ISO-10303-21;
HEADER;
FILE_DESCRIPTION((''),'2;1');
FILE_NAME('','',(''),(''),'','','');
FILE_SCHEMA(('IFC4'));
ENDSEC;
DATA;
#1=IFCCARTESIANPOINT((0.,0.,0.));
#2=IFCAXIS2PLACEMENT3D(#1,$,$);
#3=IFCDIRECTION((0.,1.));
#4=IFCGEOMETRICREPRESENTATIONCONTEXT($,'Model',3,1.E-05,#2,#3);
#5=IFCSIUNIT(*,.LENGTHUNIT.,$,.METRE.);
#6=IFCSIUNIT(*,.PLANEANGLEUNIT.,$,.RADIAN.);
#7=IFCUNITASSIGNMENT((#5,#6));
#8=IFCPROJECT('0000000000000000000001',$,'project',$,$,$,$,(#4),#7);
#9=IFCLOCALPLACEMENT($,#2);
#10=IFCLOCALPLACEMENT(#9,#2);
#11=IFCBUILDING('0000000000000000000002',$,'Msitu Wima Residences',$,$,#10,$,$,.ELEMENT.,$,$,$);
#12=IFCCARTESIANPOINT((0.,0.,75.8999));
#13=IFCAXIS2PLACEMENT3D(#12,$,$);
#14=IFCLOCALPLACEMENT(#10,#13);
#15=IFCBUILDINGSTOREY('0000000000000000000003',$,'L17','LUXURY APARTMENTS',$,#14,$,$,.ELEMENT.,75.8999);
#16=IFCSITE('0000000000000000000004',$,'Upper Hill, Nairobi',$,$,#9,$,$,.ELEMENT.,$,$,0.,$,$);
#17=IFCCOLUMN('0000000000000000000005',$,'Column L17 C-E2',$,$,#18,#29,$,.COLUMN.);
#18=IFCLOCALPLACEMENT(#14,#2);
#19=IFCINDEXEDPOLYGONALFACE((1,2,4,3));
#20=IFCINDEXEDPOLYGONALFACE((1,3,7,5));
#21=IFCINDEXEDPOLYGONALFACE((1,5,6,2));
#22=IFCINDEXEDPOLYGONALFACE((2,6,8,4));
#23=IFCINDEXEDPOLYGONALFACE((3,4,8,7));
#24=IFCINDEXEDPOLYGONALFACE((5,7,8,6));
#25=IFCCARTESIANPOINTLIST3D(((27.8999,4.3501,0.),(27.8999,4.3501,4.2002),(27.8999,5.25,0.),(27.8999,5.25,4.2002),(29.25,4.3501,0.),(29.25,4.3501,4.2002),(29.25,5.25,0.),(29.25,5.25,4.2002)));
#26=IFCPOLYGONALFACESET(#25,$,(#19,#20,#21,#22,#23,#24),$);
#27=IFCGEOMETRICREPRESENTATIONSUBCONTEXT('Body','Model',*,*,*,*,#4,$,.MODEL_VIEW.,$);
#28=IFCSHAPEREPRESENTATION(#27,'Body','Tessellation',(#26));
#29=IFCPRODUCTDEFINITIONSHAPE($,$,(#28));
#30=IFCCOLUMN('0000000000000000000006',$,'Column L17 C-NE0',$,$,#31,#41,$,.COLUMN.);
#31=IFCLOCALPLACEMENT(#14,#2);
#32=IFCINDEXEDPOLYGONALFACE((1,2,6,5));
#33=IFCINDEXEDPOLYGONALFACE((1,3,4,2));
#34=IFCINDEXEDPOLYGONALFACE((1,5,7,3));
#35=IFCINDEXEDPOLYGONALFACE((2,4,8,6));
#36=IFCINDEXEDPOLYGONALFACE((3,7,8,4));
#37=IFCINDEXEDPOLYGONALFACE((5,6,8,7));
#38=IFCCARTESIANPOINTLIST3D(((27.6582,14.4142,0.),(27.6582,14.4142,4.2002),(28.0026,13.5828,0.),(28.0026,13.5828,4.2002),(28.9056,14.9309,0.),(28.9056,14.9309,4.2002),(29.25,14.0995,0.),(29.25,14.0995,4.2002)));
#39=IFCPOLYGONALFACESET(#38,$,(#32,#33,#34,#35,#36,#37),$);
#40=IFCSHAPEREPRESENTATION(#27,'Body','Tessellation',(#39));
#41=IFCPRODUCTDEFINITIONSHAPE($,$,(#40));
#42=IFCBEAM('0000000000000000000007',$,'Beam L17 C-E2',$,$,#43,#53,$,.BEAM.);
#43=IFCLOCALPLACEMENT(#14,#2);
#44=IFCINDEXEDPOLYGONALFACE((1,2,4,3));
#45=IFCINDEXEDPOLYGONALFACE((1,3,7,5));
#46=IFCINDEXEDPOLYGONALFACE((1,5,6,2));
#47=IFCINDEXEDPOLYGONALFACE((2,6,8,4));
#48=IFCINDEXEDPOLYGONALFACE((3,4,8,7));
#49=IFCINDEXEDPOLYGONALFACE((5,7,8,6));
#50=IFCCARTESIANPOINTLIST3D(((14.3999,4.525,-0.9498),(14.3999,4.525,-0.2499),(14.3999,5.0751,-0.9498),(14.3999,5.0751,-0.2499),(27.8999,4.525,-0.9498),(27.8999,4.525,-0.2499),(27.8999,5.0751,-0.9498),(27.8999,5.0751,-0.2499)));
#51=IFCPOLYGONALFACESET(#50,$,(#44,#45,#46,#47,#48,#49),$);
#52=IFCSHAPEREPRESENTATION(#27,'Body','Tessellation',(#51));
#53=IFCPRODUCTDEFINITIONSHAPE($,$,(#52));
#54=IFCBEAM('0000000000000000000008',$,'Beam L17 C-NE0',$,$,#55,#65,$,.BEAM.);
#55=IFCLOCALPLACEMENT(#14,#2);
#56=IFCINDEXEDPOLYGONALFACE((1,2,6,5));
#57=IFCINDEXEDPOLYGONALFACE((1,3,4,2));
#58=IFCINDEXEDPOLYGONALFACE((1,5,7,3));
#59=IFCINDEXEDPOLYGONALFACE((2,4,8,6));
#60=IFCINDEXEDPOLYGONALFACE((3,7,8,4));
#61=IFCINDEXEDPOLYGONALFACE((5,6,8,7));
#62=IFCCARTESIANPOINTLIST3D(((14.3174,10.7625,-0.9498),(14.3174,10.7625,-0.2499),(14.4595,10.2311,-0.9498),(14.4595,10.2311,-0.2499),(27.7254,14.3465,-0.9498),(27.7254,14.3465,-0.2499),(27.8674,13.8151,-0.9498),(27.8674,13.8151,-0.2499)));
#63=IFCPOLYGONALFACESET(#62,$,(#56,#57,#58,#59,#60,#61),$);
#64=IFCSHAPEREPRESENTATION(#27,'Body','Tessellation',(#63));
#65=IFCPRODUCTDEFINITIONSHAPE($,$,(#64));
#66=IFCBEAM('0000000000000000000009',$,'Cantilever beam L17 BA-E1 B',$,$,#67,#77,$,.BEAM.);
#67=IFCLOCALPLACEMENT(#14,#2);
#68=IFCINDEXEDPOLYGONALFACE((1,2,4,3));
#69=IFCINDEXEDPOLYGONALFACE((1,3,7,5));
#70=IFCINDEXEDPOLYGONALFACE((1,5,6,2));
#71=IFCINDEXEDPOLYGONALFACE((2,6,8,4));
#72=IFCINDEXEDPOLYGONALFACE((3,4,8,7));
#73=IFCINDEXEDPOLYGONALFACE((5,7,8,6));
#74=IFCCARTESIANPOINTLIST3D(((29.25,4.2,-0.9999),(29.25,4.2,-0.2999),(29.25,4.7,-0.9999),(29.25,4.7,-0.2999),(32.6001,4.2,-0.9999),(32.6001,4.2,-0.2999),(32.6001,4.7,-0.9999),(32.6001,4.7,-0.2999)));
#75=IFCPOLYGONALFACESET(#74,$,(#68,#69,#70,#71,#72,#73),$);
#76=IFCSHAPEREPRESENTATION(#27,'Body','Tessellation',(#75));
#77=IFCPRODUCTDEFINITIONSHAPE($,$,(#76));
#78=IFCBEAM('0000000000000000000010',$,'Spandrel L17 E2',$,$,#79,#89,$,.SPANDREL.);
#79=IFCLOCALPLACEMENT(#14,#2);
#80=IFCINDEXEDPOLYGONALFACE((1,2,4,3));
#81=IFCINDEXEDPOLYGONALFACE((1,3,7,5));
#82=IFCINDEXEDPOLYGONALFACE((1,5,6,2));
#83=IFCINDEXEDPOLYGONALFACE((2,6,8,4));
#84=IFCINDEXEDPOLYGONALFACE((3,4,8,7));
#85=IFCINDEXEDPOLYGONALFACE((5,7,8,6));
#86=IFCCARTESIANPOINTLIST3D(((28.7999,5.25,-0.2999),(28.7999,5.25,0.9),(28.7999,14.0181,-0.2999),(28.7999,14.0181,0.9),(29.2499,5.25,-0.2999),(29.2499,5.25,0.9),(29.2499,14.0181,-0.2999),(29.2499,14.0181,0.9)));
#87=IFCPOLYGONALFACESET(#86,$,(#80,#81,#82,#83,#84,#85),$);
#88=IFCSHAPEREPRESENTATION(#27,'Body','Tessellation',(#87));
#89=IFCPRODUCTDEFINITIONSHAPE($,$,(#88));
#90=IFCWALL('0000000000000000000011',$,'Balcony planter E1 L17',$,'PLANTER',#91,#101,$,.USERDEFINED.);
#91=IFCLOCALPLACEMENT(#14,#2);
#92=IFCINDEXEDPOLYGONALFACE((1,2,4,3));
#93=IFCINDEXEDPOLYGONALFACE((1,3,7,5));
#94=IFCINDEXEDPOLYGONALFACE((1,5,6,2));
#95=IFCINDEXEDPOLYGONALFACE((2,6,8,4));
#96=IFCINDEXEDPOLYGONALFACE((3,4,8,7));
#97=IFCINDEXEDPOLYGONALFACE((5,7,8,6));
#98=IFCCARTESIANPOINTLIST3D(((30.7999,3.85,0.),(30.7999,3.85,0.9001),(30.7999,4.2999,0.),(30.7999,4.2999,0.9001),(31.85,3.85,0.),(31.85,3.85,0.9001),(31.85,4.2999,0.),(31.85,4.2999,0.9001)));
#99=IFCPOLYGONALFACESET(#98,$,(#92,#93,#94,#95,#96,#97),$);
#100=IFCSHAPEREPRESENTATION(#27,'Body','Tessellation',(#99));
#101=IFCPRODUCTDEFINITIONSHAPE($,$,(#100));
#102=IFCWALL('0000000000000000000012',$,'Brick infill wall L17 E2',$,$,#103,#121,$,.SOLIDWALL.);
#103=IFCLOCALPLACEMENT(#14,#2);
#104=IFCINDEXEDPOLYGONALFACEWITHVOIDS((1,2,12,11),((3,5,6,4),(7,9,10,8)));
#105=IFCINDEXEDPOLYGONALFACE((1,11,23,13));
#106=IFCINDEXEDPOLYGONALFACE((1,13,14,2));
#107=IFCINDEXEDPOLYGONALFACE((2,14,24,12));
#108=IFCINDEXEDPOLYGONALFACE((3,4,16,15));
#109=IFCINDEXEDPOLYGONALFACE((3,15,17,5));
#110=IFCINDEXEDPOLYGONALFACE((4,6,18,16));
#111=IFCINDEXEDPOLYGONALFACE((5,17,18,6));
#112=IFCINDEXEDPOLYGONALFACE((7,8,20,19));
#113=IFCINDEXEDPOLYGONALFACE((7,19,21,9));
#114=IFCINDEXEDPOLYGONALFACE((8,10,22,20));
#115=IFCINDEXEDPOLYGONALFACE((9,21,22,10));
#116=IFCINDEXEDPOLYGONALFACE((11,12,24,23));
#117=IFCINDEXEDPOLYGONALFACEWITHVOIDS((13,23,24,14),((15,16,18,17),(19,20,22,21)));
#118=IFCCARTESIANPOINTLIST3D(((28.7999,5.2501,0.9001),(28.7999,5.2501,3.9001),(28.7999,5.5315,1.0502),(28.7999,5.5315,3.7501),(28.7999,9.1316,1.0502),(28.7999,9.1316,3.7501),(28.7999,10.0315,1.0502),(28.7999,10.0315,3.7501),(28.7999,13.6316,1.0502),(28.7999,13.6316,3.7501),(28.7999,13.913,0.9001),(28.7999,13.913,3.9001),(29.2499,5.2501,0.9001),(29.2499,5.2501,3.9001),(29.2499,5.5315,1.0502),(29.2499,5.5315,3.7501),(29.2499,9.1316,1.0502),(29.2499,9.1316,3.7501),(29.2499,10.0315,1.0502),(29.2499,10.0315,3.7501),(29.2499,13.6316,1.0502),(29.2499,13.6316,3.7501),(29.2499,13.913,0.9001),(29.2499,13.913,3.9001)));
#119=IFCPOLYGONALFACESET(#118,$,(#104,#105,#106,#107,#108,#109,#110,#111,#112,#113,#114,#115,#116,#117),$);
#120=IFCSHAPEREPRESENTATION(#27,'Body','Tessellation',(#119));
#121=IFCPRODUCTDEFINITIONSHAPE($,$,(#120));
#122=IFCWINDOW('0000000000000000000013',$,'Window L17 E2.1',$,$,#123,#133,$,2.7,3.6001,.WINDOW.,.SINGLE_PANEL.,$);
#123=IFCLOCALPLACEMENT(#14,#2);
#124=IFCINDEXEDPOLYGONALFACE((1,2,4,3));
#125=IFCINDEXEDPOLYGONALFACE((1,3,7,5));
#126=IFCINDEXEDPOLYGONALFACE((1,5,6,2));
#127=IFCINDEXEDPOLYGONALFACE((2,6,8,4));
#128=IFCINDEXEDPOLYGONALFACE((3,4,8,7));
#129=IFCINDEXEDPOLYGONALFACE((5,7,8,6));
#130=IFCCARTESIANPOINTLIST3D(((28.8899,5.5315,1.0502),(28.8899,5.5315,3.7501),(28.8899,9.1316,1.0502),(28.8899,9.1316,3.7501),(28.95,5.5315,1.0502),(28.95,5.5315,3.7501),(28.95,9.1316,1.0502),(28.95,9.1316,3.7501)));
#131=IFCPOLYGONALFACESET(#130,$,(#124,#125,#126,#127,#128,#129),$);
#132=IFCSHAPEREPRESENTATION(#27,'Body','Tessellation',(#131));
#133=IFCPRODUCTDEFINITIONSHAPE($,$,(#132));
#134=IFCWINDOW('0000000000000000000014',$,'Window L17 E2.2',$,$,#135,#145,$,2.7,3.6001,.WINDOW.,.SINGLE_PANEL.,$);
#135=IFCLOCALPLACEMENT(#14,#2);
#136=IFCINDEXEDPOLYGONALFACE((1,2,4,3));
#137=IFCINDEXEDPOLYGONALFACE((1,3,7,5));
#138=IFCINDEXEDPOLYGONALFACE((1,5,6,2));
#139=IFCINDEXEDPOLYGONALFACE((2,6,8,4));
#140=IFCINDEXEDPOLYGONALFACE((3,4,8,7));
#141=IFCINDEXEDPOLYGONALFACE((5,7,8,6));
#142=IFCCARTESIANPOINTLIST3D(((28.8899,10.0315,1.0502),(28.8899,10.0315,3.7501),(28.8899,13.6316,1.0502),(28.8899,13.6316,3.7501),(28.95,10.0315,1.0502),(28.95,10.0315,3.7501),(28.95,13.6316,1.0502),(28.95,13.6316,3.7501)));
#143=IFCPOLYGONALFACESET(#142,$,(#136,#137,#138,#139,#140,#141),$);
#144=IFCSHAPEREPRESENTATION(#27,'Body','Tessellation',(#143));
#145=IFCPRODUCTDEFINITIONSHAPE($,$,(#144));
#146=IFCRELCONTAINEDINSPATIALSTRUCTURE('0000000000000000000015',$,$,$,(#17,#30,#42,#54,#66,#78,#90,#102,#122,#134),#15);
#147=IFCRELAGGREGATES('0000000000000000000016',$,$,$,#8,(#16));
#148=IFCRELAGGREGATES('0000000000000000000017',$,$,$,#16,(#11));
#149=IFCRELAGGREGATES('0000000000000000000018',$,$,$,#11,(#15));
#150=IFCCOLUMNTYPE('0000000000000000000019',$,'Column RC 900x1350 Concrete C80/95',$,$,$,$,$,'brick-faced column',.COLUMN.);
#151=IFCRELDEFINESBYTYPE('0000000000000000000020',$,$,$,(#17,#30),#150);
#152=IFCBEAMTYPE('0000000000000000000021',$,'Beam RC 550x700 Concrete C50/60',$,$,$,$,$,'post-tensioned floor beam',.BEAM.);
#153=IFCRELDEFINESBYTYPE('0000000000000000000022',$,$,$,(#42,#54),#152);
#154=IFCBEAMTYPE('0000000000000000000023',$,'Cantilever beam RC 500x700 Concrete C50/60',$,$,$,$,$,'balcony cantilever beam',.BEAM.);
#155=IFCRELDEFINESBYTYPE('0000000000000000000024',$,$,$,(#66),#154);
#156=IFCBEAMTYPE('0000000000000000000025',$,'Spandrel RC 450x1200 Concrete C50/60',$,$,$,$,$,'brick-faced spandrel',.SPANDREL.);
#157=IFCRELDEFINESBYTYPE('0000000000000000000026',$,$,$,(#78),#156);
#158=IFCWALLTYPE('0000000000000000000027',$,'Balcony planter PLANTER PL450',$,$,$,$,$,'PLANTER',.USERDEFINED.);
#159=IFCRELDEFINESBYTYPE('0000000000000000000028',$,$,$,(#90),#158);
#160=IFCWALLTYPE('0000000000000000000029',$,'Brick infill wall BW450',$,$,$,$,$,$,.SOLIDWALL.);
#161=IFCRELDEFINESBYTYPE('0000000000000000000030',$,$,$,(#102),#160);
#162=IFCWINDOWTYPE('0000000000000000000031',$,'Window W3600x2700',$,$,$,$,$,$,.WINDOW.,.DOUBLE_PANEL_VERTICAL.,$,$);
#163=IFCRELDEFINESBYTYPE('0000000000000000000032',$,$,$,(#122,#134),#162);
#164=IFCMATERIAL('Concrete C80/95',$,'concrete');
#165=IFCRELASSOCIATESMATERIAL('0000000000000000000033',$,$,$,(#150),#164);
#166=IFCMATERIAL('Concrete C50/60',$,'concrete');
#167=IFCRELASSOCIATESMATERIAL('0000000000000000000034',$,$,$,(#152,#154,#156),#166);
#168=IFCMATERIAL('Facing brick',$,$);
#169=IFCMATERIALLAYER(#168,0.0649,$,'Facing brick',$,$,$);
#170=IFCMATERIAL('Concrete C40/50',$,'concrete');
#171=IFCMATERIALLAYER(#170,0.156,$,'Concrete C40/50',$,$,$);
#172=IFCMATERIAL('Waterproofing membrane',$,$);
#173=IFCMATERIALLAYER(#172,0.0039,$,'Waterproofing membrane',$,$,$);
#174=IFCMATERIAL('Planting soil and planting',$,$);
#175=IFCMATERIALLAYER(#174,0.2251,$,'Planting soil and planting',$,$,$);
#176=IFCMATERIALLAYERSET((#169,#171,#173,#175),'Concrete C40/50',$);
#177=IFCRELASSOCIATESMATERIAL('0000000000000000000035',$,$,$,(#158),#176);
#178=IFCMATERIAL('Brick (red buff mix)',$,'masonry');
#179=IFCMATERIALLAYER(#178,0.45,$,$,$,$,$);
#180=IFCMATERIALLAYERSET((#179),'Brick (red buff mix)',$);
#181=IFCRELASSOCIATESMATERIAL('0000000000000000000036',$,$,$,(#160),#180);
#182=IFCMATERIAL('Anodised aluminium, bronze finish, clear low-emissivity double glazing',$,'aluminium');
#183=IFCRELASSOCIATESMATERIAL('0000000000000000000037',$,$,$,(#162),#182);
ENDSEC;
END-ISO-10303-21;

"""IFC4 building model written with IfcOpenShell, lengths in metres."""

from ifc_helpers import new_model, si_unit, direction, frame, frame_2d, origin, origin_2d, place, context, subcontext, project, spatial, rectangle, extrude, material, layer, layer_set, material_profile, profile_set, type_object, element, fill, save


model = new_model("IFC4")

# Units and contexts
model_context = context("Model", 3, precision=1e-05, world=origin(), true_north=direction((0.0, 1.0)))
body_context = subcontext(model_context, "Body", "Model", "MODEL_VIEW")
ifc_project = project(units=[si_unit("LENGTHUNIT", "METRE"), si_unit("PLANEANGLEUNIT", "RADIAN")], contexts=[model_context])

# Site, building, storey
site_placement = place(None, origin())
site = spatial("IfcSite", under=ifc_project, at=site_placement, Name="Upper Hill, Nairobi", CompositionType="ELEMENT", RefElevation=0.0)
building_placement = place(site_placement, origin())
building = spatial("IfcBuilding", under=site, at=building_placement, Name="Msitu Wima Residences", CompositionType="ELEMENT")
storey_placement = place(building_placement, frame((0.0, 0.0, 75.8999)))
storey = spatial("IfcBuildingStorey", under=building, at=storey_placement, Name="L17", Description="LUXURY APARTMENTS", CompositionType="ELEMENT", Elevation=75.8999)

# Columns
ifc_material_1 = material(Name="Concrete C80/95", Category="concrete")
ifc_material_profile_1 = material_profile(ifc_material_1, rectangle(XDim=0.8999, YDim=1.3501, at=origin_2d()), Name="RC 900x1350")
ifc_profile_set_1 = profile_set([ifc_material_profile_1], Name="Concrete C80/95")
column_type = type_object("IfcColumnType", Name="Column RC 900x1350 Concrete C80/95", ElementType="brick-faced column", PredefinedType="COLUMN", material=ifc_profile_set_1)
for number, where, z_axis, x_axis, name in (
    (1, (28.575, 4.8, 0.0), (0.0, 0.0, 1.0), (0.0, 1.0, 0.0), "Column L17 C-E2"),
    (2, (28.4541, 14.2568, 0.0), (0.0, 0.0, 1.0), (-0.382683, 0.92388, 0.0), "Column L17 C-NE0"),
):
    element("IfcColumn", number, at=place(storey_placement, frame(where, z_axis=z_axis, x_axis=x_axis)), inside=storey, type_object=column_type, Name=name, PredefinedType="COLUMN", context=body_context, shape_type="SweptSolid", body=[
        extrude(rectangle(XDim=0.8999, YDim=1.3501, at=origin_2d()), origin(), (0.0, 0.0, 1.0), 4.2002),
    ])

# Beams
ifc_material_2 = material(Name="Concrete C50/60", Category="concrete")
ifc_material_profile_2 = material_profile(ifc_material_2, rectangle(XDim=0.55, YDim=0.7, at=origin_2d()), Name="RC 550x700")
ifc_profile_set_2 = profile_set([ifc_material_profile_2], Name="Concrete C50/60")
beam_type_1 = type_object("IfcBeamType", Name="Beam RC 550x700 Concrete C50/60", ElementType="post-tensioned floor beam", PredefinedType="BEAM", material=ifc_profile_set_2)
beam_1_placement = place(storey_placement, frame((27.8999, 4.8, -0.5999), z_axis=(-1.0, 0.0, 0.0), x_axis=(0.0, -1.0, 0.0)))
element("IfcBeam", 3, at=beam_1_placement, inside=storey, type_object=beam_type_1, Name="Beam L17 C-E2", PredefinedType="BEAM", context=body_context, shape_type="SweptSolid", body=[
    extrude(rectangle(XDim=0.55, YDim=0.7, at=origin_2d()), origin(), (0.0, 0.0, 1.0), 13.5),
])
beam_2_placement = place(storey_placement, frame((27.7964, 14.0808, -0.5999), z_axis=(-0.966082, -0.258236, 0.0), x_axis=(0.258236, -0.966082, 0.0)))
element("IfcBeam", 4, at=beam_2_placement, inside=storey, type_object=beam_type_1, Name="Beam L17 C-NE0", PredefinedType="BEAM", context=body_context, shape_type="SweptSolid", body=[
    extrude(rectangle(XDim=0.55, YDim=0.7, at=origin_2d()), origin(), (0.0, 0.0, 1.0), 13.8787),
])
ifc_material_profile_3 = material_profile(ifc_material_2, rectangle(XDim=0.5, YDim=0.7, at=origin_2d()), Name="RC 500x700")
ifc_profile_set_3 = profile_set([ifc_material_profile_3], Name="Concrete C50/60")
beam_type_2 = type_object("IfcBeamType", Name="Cantilever beam RC 500x700 Concrete C50/60", ElementType="balcony cantilever beam", PredefinedType="BEAM", material=ifc_profile_set_3)
beam_3_placement = place(storey_placement, frame((29.25, 4.45, -0.6499), z_axis=(1.0, 0.0, 0.0), x_axis=(0.0, 1.0, 0.0)))
element("IfcBeam", 5, at=beam_3_placement, inside=storey, type_object=beam_type_2, Name="Cantilever beam L17 BA-E1 B", PredefinedType="BEAM", context=body_context, shape_type="SweptSolid", body=[
    extrude(rectangle(XDim=0.5, YDim=0.7, at=origin_2d()), origin(), (0.0, 0.0, 1.0), 3.3501),
])
ifc_material_profile_4 = material_profile(ifc_material_2, rectangle(XDim=0.45, YDim=1.2, at=origin_2d()), Name="RC 450x1200")
ifc_profile_set_4 = profile_set([ifc_material_profile_4], Name="Concrete C50/60")
beam_type_3 = type_object("IfcBeamType", Name="Spandrel RC 450x1200 Concrete C50/60", ElementType="brick-faced spandrel", PredefinedType="SPANDREL", material=ifc_profile_set_4)
beam_4_placement = place(storey_placement, frame((29.0249, 5.25, 0.3), z_axis=(0.0, 1.0, 0.0), x_axis=(-1.0, 0.0, 0.0)))
element("IfcBeam", 6, at=beam_4_placement, inside=storey, type_object=beam_type_3, Name="Spandrel L17 E2", PredefinedType="SPANDREL", context=body_context, shape_type="SweptSolid", body=[
    extrude(rectangle(XDim=0.45, YDim=1.2, at=origin_2d()), origin(), (0.0, 0.0, 1.0), 8.7681),
])

# Wall
ifc_material_3 = material(Name="Facing brick")
ifc_layer_1 = layer(ifc_material_3, 0.0649, Name="Facing brick")
ifc_material_4 = material(Name="Concrete C40/50", Category="concrete")
ifc_layer_2 = layer(ifc_material_4, 0.156, Name="Concrete C40/50")
ifc_material_5 = material(Name="Waterproofing membrane")
ifc_layer_3 = layer(ifc_material_5, 0.0039, Name="Waterproofing membrane")
ifc_material_6 = material(Name="Planting soil and planting")
ifc_layer_4 = layer(ifc_material_6, 0.2251, Name="Planting soil and planting")
ifc_layer_set_1 = layer_set([ifc_layer_1, ifc_layer_2, ifc_layer_3, ifc_layer_4], Name="Concrete C40/50")
wall_type_1 = type_object("IfcWallType", Name="Balcony planter PLANTER PL450", ElementType="PLANTER", PredefinedType="USERDEFINED", material=ifc_layer_set_1)
wall_1_placement = place(storey_placement, frame((30.8, 4.075, 0.0), z_axis=(0.0, 0.0, 1.0), x_axis=(1.0, 0.0, 0.0)))
element("IfcWall", 7, at=wall_1_placement, inside=storey, type_object=wall_type_1, Name="Balcony planter E1 L17", ObjectType="PLANTER", PredefinedType="USERDEFINED", context=body_context, shape_type="SweptSolid", body=[
    extrude(rectangle(XDim=1.05, YDim=0.45, at=frame_2d((0.5249, 0.0))), origin(), (0.0, 0.0, 1.0), 0.9001),
])

# Wall, openings, windows
ifc_material_7 = material(Name="Brick (red buff mix)", Category="masonry")
ifc_layer_5 = layer(ifc_material_7, 0.45)
ifc_layer_set_2 = layer_set([ifc_layer_5], Name="Brick (red buff mix)")
wall_type_2 = type_object("IfcWallType", Name="Brick infill wall BW450", PredefinedType="SOLIDWALL", material=ifc_layer_set_2)
wall_2_placement = place(storey_placement, frame((29.0249, 5.25, 0.9001), z_axis=(0.0, 0.0, 1.0), x_axis=(0.0, 1.0, 0.0)))
wall_2 = element("IfcWall", 8, at=wall_2_placement, inside=storey, type_object=wall_type_2, Name="Brick infill wall L17 E2", PredefinedType="SOLIDWALL", context=body_context, shape_type="SweptSolid", body=[
    extrude(rectangle(XDim=8.6628, YDim=0.45, at=frame_2d((4.3315, 0.0))), origin(), (0.0, 0.0, 1.0), 3.0),
])
opening_1_placement = place(wall_2_placement, frame((0.2815, 0.0, 0.1499)))
opening_1 = element("IfcOpeningElement", 9, at=opening_1_placement, cuts=wall_2, PredefinedType="OPENING", context=body_context, shape_type="SweptSolid", body=[
    extrude(rectangle(XDim=3.6001, YDim=2.7, at=frame_2d((1.8, 1.3501))), frame((0.0, 0.2349, 0.0), z_axis=(0.0, -1.0, 0.0), x_axis=(1.0, 0.0, 0.0)), (0.0, 0.0, 1.0), 0.47),
])
opening_2_placement = place(wall_2_placement, frame((4.7815, 0.0, 0.1499)))
opening_2 = element("IfcOpeningElement", 10, at=opening_2_placement, cuts=wall_2, PredefinedType="OPENING", context=body_context, shape_type="SweptSolid", body=[
    extrude(rectangle(XDim=3.6001, YDim=2.7, at=frame_2d((1.8, 1.3501))), frame((0.0, 0.2349, 0.0), z_axis=(0.0, -1.0, 0.0), x_axis=(1.0, 0.0, 0.0)), (0.0, 0.0, 1.0), 0.47),
])
ifc_material_8 = material(Name="Anodised aluminium, bronze finish, clear low-emissivity double glazing", Category="aluminium")
window_type = type_object("IfcWindowType", Name="Window W3600x2700", PartitioningType="DOUBLE_PANEL_VERTICAL", PredefinedType="WINDOW", material=ifc_material_8)
window_1_placement = place(opening_1_placement, origin())
window_1 = element("IfcWindow", 11, at=window_1_placement, inside=storey, type_object=window_type, Name="Window L17 E2.1", OverallHeight=2.7, OverallWidth=3.6001, PartitioningType="SINGLE_PANEL", PredefinedType="WINDOW", context=body_context, shape_type="SweptSolid", body=[
    extrude(rectangle(XDim=3.6001, YDim=2.7, at=frame_2d((1.8, 1.3501))), frame((0.0, 0.135, 0.0), z_axis=(0.0, -1.0, 0.0), x_axis=(1.0, 0.0, 0.0)), (0.0, 0.0, 1.0), 0.0601),
])
fill(opening_1, window_1)
window_2_placement = place(opening_2_placement, origin())
window_2 = element("IfcWindow", 12, at=window_2_placement, inside=storey, type_object=window_type, Name="Window L17 E2.2", OverallHeight=2.7, OverallWidth=3.6001, PartitioningType="SINGLE_PANEL", PredefinedType="WINDOW", context=body_context, shape_type="SweptSolid", body=[
    extrude(rectangle(XDim=3.6001, YDim=2.7, at=frame_2d((1.8, 1.3501))), frame((0.0, 0.135, 0.0), z_axis=(0.0, -1.0, 0.0), x_axis=(1.0, 0.0, 0.0)), (0.0, 0.0, 1.0), 0.0601),
])
fill(opening_2, window_2)

save(model, "model.ifc")
